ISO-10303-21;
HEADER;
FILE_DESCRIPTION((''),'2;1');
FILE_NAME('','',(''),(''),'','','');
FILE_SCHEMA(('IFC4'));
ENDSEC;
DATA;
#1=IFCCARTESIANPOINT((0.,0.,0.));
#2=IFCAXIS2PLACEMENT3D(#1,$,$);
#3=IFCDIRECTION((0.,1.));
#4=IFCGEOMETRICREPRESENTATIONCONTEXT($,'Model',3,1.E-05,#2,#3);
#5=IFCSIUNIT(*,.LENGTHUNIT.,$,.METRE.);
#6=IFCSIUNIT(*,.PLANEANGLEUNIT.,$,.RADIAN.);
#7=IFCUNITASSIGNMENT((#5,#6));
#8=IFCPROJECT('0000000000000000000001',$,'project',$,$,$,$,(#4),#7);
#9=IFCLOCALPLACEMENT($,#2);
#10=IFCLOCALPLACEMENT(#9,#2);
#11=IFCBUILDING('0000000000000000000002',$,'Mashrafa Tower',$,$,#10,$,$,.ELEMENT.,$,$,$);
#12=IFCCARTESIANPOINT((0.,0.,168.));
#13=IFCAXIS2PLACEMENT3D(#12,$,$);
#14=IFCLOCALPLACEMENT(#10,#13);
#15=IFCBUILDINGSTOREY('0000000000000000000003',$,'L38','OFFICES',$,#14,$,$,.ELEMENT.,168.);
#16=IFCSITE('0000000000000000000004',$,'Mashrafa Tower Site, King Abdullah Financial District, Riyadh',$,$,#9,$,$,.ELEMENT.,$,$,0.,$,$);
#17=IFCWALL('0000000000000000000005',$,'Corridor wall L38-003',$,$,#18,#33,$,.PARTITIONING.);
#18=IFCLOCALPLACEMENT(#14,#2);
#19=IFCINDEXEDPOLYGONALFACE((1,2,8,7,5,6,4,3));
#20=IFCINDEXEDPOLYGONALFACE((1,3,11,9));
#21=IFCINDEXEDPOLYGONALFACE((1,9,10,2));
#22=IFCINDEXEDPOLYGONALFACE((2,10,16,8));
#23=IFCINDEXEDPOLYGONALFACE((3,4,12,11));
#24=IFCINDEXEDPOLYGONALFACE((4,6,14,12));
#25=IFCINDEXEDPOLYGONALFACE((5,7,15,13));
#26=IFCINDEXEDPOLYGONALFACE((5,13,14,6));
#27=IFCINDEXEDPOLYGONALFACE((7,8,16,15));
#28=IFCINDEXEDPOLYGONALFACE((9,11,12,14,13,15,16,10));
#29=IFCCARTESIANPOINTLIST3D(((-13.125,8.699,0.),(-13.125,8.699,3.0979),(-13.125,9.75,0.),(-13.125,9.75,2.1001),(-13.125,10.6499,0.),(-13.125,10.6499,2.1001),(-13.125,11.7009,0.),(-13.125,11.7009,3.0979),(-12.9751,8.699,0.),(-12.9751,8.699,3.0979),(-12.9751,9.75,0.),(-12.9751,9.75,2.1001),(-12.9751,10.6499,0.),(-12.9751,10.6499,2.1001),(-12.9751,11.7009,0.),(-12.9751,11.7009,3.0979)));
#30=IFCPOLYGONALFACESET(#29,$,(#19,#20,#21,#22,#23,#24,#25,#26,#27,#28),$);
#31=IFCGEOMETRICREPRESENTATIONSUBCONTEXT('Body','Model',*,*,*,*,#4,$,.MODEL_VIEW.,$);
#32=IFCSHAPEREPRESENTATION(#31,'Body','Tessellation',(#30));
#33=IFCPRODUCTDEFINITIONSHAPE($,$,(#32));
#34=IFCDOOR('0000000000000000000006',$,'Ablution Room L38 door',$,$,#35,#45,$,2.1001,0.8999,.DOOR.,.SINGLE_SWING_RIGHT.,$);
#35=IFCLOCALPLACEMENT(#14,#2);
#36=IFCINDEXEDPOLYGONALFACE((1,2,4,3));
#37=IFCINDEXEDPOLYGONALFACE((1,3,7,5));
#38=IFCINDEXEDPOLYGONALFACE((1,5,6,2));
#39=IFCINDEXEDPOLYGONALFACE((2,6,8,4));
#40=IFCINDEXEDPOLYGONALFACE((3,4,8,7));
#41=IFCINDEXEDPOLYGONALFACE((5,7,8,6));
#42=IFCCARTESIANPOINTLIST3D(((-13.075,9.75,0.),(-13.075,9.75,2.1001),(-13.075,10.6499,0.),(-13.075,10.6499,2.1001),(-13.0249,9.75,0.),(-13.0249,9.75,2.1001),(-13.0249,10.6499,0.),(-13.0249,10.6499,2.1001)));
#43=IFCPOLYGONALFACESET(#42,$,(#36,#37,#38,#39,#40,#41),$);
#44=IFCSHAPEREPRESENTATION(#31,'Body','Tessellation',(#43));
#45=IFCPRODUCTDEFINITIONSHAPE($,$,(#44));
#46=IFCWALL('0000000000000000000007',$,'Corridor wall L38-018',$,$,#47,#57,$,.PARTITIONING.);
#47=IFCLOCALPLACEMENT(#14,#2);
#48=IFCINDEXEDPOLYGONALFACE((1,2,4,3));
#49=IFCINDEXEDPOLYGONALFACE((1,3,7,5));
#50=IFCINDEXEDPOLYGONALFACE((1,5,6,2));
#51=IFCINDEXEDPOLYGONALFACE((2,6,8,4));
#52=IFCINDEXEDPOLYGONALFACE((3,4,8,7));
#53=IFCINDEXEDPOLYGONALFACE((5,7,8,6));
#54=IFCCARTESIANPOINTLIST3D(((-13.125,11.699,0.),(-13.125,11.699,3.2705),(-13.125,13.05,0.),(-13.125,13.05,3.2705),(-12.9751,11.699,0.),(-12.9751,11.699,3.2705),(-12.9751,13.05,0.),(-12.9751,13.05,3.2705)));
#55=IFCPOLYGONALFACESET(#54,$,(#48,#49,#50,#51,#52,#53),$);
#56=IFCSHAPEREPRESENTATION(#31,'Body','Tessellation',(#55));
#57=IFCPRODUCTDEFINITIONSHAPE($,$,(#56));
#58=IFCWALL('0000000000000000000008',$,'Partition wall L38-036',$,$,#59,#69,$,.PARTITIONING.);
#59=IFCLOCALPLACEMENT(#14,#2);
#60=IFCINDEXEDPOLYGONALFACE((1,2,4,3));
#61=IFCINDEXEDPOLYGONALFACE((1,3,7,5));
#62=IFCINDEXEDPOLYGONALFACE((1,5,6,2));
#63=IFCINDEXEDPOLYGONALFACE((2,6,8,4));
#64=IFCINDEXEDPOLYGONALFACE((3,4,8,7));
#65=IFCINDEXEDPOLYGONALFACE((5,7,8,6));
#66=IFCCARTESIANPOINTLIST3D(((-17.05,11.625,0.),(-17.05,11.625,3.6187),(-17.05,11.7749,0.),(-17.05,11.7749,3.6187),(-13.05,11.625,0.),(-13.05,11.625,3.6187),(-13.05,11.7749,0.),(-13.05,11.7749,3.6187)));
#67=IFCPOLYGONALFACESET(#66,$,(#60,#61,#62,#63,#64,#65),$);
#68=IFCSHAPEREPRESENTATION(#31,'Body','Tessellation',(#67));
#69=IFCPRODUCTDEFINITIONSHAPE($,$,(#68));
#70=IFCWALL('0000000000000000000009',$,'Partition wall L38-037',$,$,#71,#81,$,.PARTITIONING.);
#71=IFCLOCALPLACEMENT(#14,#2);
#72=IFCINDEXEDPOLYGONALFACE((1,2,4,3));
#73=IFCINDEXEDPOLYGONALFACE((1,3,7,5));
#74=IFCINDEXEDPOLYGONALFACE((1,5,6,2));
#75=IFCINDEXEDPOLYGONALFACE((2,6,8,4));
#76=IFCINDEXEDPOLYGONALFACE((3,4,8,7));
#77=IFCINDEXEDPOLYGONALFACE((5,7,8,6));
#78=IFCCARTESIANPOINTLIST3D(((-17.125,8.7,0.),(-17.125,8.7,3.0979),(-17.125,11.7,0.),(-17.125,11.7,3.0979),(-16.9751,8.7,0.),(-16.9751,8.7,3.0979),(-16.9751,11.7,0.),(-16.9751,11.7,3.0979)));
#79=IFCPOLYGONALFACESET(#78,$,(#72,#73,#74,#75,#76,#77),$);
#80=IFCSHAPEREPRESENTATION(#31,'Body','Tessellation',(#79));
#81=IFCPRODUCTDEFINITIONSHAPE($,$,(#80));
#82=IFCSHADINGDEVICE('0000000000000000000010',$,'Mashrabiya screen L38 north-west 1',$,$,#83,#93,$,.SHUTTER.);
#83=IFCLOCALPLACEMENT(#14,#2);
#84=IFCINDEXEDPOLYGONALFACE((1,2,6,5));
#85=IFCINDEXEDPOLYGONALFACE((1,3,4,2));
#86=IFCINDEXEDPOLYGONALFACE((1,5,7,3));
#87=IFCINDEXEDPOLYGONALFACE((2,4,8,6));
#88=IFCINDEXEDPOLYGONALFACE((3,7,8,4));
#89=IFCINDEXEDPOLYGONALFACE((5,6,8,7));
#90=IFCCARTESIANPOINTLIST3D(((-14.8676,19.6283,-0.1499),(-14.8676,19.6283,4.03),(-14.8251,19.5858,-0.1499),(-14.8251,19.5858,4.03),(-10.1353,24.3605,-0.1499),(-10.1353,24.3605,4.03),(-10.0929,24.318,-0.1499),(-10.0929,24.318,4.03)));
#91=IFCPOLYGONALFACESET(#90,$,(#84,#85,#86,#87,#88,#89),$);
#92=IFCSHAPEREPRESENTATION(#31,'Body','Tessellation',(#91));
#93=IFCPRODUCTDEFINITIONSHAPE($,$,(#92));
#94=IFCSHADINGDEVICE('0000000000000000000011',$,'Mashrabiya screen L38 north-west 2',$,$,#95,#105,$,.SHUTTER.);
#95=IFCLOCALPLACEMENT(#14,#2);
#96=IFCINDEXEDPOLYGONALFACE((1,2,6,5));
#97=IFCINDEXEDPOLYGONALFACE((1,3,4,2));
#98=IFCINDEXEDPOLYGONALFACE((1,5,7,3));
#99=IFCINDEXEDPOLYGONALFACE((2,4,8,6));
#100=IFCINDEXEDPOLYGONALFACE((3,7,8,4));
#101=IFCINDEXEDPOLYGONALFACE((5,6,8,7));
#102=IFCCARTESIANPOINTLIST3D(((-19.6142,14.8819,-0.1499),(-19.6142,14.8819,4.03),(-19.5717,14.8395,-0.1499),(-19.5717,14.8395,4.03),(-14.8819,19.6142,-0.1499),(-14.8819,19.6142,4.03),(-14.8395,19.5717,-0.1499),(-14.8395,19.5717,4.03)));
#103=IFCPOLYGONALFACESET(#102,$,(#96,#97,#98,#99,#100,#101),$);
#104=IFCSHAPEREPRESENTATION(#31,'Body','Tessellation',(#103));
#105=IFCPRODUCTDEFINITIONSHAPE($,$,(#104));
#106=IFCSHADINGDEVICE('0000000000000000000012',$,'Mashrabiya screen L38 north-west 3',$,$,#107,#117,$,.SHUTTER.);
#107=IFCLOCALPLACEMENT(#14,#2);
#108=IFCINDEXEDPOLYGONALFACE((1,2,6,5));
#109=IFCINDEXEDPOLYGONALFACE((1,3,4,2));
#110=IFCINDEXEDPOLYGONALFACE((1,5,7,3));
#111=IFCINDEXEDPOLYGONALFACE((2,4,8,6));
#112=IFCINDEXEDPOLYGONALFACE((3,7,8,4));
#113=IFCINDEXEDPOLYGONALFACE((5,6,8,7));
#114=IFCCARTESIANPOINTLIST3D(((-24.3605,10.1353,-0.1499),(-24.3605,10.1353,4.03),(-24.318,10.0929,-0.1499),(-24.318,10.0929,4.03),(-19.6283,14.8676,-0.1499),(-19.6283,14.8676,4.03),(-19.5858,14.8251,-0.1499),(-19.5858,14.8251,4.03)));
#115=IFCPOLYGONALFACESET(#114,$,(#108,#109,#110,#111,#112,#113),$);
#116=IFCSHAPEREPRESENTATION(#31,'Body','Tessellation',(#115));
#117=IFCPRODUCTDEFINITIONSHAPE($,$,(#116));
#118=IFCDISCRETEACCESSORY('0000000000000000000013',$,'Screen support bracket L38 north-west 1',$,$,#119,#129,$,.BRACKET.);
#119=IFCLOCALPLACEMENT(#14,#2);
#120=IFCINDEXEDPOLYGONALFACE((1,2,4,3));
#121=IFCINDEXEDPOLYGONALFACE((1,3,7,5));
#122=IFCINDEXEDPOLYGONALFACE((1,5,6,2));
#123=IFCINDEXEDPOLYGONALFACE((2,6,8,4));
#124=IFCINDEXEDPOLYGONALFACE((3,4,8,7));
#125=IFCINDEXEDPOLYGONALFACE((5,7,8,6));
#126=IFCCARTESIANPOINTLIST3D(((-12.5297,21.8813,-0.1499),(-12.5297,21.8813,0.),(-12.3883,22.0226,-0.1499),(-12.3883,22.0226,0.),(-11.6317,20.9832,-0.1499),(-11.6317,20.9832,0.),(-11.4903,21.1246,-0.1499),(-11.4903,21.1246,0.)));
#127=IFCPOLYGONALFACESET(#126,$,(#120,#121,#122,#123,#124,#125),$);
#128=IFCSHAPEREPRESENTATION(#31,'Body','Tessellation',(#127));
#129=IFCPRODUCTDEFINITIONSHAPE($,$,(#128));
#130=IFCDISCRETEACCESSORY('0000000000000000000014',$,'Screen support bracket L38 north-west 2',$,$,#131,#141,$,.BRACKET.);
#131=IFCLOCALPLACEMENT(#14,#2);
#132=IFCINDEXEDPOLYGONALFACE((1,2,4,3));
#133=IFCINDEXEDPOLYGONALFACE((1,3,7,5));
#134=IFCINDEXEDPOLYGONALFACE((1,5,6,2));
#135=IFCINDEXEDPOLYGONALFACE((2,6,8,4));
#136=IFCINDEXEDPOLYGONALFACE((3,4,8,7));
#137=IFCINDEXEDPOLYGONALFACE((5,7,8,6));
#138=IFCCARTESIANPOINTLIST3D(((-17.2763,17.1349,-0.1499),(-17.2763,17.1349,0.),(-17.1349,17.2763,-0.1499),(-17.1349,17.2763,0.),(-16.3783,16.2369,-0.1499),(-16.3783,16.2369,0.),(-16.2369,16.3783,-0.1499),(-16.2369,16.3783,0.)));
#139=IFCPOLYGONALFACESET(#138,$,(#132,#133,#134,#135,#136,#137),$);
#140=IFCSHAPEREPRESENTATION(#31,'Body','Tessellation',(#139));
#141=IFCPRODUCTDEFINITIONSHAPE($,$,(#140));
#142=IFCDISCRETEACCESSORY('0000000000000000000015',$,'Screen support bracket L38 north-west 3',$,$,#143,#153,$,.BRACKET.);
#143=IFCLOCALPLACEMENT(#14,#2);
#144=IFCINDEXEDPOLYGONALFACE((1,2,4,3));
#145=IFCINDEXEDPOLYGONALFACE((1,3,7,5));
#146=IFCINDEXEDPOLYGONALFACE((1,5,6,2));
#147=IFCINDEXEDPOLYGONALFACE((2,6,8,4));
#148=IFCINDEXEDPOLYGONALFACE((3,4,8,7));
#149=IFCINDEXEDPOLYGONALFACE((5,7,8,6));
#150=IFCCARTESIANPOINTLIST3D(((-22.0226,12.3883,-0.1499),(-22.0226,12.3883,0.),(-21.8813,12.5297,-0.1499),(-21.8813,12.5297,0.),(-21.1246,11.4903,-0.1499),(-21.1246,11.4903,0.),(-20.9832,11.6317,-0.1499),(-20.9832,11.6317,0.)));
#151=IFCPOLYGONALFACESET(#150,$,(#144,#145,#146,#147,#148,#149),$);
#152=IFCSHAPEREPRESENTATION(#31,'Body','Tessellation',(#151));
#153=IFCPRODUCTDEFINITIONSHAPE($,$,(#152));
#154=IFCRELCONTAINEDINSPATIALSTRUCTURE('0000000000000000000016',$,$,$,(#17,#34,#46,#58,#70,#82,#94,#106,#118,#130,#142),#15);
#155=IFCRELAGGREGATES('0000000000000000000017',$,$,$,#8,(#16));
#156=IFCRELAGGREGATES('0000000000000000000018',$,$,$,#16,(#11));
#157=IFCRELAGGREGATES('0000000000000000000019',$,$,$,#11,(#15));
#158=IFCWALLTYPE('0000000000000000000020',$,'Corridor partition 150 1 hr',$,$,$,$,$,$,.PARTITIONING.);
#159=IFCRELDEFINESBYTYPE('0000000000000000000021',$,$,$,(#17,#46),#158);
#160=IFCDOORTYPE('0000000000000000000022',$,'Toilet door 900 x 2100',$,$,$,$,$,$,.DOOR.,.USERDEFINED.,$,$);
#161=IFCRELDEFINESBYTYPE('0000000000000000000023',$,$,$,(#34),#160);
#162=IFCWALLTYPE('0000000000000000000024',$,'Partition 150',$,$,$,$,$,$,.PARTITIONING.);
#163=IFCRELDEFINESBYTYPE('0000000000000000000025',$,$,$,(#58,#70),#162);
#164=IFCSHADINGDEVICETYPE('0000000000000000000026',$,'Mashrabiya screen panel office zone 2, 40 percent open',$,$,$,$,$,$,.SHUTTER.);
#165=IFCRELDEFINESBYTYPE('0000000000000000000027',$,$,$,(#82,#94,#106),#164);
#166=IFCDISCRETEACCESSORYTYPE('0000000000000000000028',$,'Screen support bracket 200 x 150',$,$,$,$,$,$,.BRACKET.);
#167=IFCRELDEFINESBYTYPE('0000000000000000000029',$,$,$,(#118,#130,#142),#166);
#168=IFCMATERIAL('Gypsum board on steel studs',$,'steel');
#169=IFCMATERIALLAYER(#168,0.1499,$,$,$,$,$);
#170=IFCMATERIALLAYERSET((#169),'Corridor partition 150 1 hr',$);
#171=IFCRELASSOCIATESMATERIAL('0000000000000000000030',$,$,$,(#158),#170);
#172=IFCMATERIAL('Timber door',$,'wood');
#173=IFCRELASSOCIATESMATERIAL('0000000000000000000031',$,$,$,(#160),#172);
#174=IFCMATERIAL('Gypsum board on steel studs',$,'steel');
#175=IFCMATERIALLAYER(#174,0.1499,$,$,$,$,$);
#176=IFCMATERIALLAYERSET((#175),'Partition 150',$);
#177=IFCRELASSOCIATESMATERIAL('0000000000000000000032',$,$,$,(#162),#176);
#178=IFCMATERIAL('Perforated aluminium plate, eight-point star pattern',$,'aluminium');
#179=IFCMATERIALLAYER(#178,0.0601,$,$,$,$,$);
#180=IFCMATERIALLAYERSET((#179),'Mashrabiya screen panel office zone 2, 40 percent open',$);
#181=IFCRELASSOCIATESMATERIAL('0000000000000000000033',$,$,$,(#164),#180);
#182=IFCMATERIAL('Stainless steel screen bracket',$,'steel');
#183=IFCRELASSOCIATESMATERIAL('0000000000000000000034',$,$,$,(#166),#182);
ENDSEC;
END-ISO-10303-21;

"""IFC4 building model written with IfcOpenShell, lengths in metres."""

from ifc_helpers import new_model, si_unit, direction, frame, frame_2d, origin, origin_2d, place, context, subcontext, project, spatial, rectangle, extrude, source, transform, mapped, material, layer, layer_set, type_object, type_shapes, element, fill, save


model = new_model("IFC4")

# Units and contexts
model_context = context("Model", 3, precision=1e-05, world=origin(), true_north=direction((0.0, 1.0)))
body_context = subcontext(model_context, "Body", "Model", "MODEL_VIEW")
ifc_project = project(units=[si_unit("LENGTHUNIT", "METRE"), si_unit("PLANEANGLEUNIT", "RADIAN")], contexts=[model_context])

# Site, building, storey
site_placement = place(None, origin())
site = spatial("IfcSite", under=ifc_project, at=site_placement, Name="Mashrafa Tower Site, King Abdullah Financial District, Riyadh", CompositionType="ELEMENT", RefElevation=0.0)
building_placement = place(site_placement, origin())
building = spatial("IfcBuilding", under=site, at=building_placement, Name="Mashrafa Tower", CompositionType="ELEMENT")
storey_placement = place(building_placement, frame((0.0, 0.0, 168.0)))
storey = spatial("IfcBuildingStorey", under=building, at=storey_placement, Name="L38", Description="OFFICES", CompositionType="ELEMENT", Elevation=168.0)

# Wall, opening, door
ifc_material_1 = material(Name="Gypsum board on steel studs", Category="steel")
ifc_layer_1 = layer(ifc_material_1, 0.1499)
ifc_layer_set_1 = layer_set([ifc_layer_1], Name="Corridor partition 150 1 hr")
wall_type_1 = type_object("IfcWallType", Name="Corridor partition 150 1 hr", PredefinedType="PARTITIONING", material=ifc_layer_set_1)
wall_1_placement = place(storey_placement, frame((-13.05, 11.7009, 0.0), z_axis=(0.0, 0.0, 1.0), x_axis=(0.0, -1.0, 0.0)))
wall_1 = element("IfcWall", 1, at=wall_1_placement, inside=storey, type_object=wall_type_1, Name="Corridor wall L38-003", PredefinedType="PARTITIONING", context=body_context, shape_type="SweptSolid", body=[
    extrude(rectangle(XDim=3.002, YDim=0.1499, at=frame_2d((1.501, 0.0))), origin(), (0.0, 0.0, 1.0), 3.0979),
])
opening_placement = place(wall_1_placement, frame((1.051, 0.0, 0.0)))
opening = element("IfcOpeningElement", 2, at=opening_placement, cuts=wall_1, PredefinedType="OPENING", context=body_context, shape_type="SweptSolid", body=[
    extrude(rectangle(XDim=0.8999, YDim=2.1001, at=frame_2d((0.45, 1.05))), frame((0.0, 0.085, 0.0), z_axis=(0.0, -1.0, 0.0), x_axis=(1.0, 0.0, 0.0)), (0.0, 0.0, 1.0), 0.1699),
])
ifc_material_2 = material(Name="Timber door", Category="wood")
door_type = type_object("IfcDoorType", Name="Toilet door 900 x 2100", OperationType="USERDEFINED", PredefinedType="DOOR", material=ifc_material_2)
door_placement = place(opening_placement, frame((0.8999, 0.0, 0.0), z_axis=(0.0, 0.0, 1.0), x_axis=(-1.0, 0.0, 0.0)))
door = element("IfcDoor", 3, at=door_placement, inside=storey, type_object=door_type, Name="Ablution Room L38 door", OperationType="SINGLE_SWING_RIGHT", OverallHeight=2.1001, OverallWidth=0.8999, PredefinedType="DOOR", context=body_context, shape_type="SweptSolid", body=[
    extrude(rectangle(XDim=0.8999, YDim=2.1001, at=frame_2d((0.45, 1.05))), frame((0.0, 0.0249, 0.0), z_axis=(0.0, -1.0, 0.0), x_axis=(1.0, 0.0, 0.0)), (0.0, 0.0, 1.0), 0.05),
])
fill(opening, door)

# Walls
wall_2_placement = place(storey_placement, frame((-13.05, 13.05, 0.0), z_axis=(0.0, 0.0, 1.0), x_axis=(0.0, -1.0, 0.0)))
element("IfcWall", 4, at=wall_2_placement, inside=storey, type_object=wall_type_1, Name="Corridor wall L38-018", PredefinedType="PARTITIONING", context=body_context, shape_type="SweptSolid", body=[
    extrude(rectangle(XDim=1.3511, YDim=0.1499, at=frame_2d((0.6755, 0.0))), origin(), (0.0, 0.0, 1.0), 3.2705),
])
ifc_material_3 = material(Name="Gypsum board on steel studs", Category="steel")
ifc_layer_2 = layer(ifc_material_3, 0.1499)
ifc_layer_set_2 = layer_set([ifc_layer_2], Name="Partition 150")
wall_type_2 = type_object("IfcWallType", Name="Partition 150", PredefinedType="PARTITIONING", material=ifc_layer_set_2)
wall_3_placement = place(storey_placement, frame((-13.05, 11.7, 0.0), z_axis=(0.0, 0.0, 1.0), x_axis=(-1.0, 0.0, 0.0)))
element("IfcWall", 5, at=wall_3_placement, inside=storey, type_object=wall_type_2, Name="Partition wall L38-036", PredefinedType="PARTITIONING", context=body_context, shape_type="SweptSolid", body=[
    extrude(rectangle(XDim=4.0, YDim=0.1499, at=frame_2d((2.0, 0.0))), origin(), (0.0, 0.0, 1.0), 3.6187),
])
wall_4_placement = place(storey_placement, frame((-17.05, 11.7, 0.0), z_axis=(0.0, 0.0, 1.0), x_axis=(0.0, -1.0, 0.0)))
element("IfcWall", 6, at=wall_4_placement, inside=storey, type_object=wall_type_2, Name="Partition wall L38-037", PredefinedType="PARTITIONING", context=body_context, shape_type="SweptSolid", body=[
    extrude(rectangle(XDim=3.0, YDim=0.1499, at=frame_2d((1.5, 0.0))), origin(), (0.0, 0.0, 1.0), 3.0979),
])

# Shading devices
ifc_material_4 = material(Name="Perforated aluminium plate, eight-point star pattern", Category="aluminium")
ifc_layer_3 = layer(ifc_material_4, 0.0601)
ifc_layer_set_3 = layer_set([ifc_layer_3], Name="Mashrabiya screen panel office zone 2, 40 percent open")
shading_device_type = type_object("IfcShadingDeviceType", Name="Mashrabiya screen panel office zone 2, 40 percent open", PredefinedType="SHUTTER", material=ifc_layer_set_3)
shared_shape_1 = source(origin(), body_context, "Body", "SweptSolid", [
    extrude(rectangle(XDim=6.6924, YDim=0.0601, at=origin_2d()), origin(), (0.0, 0.0, 1.0), 4.1799),
])
type_shapes(shading_device_type, [shared_shape_1])
for number, where, z_axis, x_axis, name in (
    (7, (-12.4802, 21.9731, -0.1499), (0.0, 0.0, 1.0), (-0.707107, -0.707107, 0.0), "Mashrabiya screen L38 north-west 1"),
    (8, (-17.2268, 17.2268, -0.1499), (0.0, 0.0, 1.0), (-0.707107, -0.707107, 0.0), "Mashrabiya screen L38 north-west 2"),
    (9, (-21.9731, 12.4802, -0.1499), (0.0, 0.0, 1.0), (-0.707107, -0.707107, 0.0), "Mashrabiya screen L38 north-west 3"),
):
    element("IfcShadingDevice", number, at=place(storey_placement, frame(where, z_axis=z_axis, x_axis=x_axis)), inside=storey, type_object=shading_device_type, Name=name, PredefinedType="SHUTTER", context=body_context, shape_type="MappedRepresentation", body=[
        mapped(shared_shape_1, transform((0.0, 0.0, 0.0))),
    ])

# Discrete accessories
ifc_material_5 = material(Name="Stainless steel screen bracket", Category="steel")
discrete_accessory_type = type_object("IfcDiscreteAccessoryType", Name="Screen support bracket 200 x 150", PredefinedType="BRACKET", material=ifc_material_5)
shared_shape_2 = source(origin(), body_context, "Body", "SweptSolid", [
    extrude(rectangle(XDim=0.2, YDim=1.27, at=origin_2d()), origin(), (0.0, 0.0, 1.0), 0.1499),
])
type_shapes(discrete_accessory_type, [shared_shape_2])
for number, where, z_axis, x_axis, name in (
    (10, (-12.01, 21.5029, -0.1499), (0.0, 0.0, 1.0), (-0.707107, -0.707107, 0.0), "Screen support bracket L38 north-west 1"),
    (11, (-16.7566, 16.7566, -0.1499), (0.0, 0.0, 1.0), (-0.707107, -0.707107, 0.0), "Screen support bracket L38 north-west 2"),
    (12, (-21.5029, 12.01, -0.1499), (0.0, 0.0, 1.0), (-0.707107, -0.707107, 0.0), "Screen support bracket L38 north-west 3"),
):
    element("IfcDiscreteAccessory", number, at=place(storey_placement, frame(where, z_axis=z_axis, x_axis=x_axis)), inside=storey, type_object=discrete_accessory_type, Name=name, PredefinedType="BRACKET", context=body_context, shape_type="MappedRepresentation", body=[
        mapped(shared_shape_2, transform((0.0, 0.0, 0.0))),
    ])

save(model, "model.ifc")
